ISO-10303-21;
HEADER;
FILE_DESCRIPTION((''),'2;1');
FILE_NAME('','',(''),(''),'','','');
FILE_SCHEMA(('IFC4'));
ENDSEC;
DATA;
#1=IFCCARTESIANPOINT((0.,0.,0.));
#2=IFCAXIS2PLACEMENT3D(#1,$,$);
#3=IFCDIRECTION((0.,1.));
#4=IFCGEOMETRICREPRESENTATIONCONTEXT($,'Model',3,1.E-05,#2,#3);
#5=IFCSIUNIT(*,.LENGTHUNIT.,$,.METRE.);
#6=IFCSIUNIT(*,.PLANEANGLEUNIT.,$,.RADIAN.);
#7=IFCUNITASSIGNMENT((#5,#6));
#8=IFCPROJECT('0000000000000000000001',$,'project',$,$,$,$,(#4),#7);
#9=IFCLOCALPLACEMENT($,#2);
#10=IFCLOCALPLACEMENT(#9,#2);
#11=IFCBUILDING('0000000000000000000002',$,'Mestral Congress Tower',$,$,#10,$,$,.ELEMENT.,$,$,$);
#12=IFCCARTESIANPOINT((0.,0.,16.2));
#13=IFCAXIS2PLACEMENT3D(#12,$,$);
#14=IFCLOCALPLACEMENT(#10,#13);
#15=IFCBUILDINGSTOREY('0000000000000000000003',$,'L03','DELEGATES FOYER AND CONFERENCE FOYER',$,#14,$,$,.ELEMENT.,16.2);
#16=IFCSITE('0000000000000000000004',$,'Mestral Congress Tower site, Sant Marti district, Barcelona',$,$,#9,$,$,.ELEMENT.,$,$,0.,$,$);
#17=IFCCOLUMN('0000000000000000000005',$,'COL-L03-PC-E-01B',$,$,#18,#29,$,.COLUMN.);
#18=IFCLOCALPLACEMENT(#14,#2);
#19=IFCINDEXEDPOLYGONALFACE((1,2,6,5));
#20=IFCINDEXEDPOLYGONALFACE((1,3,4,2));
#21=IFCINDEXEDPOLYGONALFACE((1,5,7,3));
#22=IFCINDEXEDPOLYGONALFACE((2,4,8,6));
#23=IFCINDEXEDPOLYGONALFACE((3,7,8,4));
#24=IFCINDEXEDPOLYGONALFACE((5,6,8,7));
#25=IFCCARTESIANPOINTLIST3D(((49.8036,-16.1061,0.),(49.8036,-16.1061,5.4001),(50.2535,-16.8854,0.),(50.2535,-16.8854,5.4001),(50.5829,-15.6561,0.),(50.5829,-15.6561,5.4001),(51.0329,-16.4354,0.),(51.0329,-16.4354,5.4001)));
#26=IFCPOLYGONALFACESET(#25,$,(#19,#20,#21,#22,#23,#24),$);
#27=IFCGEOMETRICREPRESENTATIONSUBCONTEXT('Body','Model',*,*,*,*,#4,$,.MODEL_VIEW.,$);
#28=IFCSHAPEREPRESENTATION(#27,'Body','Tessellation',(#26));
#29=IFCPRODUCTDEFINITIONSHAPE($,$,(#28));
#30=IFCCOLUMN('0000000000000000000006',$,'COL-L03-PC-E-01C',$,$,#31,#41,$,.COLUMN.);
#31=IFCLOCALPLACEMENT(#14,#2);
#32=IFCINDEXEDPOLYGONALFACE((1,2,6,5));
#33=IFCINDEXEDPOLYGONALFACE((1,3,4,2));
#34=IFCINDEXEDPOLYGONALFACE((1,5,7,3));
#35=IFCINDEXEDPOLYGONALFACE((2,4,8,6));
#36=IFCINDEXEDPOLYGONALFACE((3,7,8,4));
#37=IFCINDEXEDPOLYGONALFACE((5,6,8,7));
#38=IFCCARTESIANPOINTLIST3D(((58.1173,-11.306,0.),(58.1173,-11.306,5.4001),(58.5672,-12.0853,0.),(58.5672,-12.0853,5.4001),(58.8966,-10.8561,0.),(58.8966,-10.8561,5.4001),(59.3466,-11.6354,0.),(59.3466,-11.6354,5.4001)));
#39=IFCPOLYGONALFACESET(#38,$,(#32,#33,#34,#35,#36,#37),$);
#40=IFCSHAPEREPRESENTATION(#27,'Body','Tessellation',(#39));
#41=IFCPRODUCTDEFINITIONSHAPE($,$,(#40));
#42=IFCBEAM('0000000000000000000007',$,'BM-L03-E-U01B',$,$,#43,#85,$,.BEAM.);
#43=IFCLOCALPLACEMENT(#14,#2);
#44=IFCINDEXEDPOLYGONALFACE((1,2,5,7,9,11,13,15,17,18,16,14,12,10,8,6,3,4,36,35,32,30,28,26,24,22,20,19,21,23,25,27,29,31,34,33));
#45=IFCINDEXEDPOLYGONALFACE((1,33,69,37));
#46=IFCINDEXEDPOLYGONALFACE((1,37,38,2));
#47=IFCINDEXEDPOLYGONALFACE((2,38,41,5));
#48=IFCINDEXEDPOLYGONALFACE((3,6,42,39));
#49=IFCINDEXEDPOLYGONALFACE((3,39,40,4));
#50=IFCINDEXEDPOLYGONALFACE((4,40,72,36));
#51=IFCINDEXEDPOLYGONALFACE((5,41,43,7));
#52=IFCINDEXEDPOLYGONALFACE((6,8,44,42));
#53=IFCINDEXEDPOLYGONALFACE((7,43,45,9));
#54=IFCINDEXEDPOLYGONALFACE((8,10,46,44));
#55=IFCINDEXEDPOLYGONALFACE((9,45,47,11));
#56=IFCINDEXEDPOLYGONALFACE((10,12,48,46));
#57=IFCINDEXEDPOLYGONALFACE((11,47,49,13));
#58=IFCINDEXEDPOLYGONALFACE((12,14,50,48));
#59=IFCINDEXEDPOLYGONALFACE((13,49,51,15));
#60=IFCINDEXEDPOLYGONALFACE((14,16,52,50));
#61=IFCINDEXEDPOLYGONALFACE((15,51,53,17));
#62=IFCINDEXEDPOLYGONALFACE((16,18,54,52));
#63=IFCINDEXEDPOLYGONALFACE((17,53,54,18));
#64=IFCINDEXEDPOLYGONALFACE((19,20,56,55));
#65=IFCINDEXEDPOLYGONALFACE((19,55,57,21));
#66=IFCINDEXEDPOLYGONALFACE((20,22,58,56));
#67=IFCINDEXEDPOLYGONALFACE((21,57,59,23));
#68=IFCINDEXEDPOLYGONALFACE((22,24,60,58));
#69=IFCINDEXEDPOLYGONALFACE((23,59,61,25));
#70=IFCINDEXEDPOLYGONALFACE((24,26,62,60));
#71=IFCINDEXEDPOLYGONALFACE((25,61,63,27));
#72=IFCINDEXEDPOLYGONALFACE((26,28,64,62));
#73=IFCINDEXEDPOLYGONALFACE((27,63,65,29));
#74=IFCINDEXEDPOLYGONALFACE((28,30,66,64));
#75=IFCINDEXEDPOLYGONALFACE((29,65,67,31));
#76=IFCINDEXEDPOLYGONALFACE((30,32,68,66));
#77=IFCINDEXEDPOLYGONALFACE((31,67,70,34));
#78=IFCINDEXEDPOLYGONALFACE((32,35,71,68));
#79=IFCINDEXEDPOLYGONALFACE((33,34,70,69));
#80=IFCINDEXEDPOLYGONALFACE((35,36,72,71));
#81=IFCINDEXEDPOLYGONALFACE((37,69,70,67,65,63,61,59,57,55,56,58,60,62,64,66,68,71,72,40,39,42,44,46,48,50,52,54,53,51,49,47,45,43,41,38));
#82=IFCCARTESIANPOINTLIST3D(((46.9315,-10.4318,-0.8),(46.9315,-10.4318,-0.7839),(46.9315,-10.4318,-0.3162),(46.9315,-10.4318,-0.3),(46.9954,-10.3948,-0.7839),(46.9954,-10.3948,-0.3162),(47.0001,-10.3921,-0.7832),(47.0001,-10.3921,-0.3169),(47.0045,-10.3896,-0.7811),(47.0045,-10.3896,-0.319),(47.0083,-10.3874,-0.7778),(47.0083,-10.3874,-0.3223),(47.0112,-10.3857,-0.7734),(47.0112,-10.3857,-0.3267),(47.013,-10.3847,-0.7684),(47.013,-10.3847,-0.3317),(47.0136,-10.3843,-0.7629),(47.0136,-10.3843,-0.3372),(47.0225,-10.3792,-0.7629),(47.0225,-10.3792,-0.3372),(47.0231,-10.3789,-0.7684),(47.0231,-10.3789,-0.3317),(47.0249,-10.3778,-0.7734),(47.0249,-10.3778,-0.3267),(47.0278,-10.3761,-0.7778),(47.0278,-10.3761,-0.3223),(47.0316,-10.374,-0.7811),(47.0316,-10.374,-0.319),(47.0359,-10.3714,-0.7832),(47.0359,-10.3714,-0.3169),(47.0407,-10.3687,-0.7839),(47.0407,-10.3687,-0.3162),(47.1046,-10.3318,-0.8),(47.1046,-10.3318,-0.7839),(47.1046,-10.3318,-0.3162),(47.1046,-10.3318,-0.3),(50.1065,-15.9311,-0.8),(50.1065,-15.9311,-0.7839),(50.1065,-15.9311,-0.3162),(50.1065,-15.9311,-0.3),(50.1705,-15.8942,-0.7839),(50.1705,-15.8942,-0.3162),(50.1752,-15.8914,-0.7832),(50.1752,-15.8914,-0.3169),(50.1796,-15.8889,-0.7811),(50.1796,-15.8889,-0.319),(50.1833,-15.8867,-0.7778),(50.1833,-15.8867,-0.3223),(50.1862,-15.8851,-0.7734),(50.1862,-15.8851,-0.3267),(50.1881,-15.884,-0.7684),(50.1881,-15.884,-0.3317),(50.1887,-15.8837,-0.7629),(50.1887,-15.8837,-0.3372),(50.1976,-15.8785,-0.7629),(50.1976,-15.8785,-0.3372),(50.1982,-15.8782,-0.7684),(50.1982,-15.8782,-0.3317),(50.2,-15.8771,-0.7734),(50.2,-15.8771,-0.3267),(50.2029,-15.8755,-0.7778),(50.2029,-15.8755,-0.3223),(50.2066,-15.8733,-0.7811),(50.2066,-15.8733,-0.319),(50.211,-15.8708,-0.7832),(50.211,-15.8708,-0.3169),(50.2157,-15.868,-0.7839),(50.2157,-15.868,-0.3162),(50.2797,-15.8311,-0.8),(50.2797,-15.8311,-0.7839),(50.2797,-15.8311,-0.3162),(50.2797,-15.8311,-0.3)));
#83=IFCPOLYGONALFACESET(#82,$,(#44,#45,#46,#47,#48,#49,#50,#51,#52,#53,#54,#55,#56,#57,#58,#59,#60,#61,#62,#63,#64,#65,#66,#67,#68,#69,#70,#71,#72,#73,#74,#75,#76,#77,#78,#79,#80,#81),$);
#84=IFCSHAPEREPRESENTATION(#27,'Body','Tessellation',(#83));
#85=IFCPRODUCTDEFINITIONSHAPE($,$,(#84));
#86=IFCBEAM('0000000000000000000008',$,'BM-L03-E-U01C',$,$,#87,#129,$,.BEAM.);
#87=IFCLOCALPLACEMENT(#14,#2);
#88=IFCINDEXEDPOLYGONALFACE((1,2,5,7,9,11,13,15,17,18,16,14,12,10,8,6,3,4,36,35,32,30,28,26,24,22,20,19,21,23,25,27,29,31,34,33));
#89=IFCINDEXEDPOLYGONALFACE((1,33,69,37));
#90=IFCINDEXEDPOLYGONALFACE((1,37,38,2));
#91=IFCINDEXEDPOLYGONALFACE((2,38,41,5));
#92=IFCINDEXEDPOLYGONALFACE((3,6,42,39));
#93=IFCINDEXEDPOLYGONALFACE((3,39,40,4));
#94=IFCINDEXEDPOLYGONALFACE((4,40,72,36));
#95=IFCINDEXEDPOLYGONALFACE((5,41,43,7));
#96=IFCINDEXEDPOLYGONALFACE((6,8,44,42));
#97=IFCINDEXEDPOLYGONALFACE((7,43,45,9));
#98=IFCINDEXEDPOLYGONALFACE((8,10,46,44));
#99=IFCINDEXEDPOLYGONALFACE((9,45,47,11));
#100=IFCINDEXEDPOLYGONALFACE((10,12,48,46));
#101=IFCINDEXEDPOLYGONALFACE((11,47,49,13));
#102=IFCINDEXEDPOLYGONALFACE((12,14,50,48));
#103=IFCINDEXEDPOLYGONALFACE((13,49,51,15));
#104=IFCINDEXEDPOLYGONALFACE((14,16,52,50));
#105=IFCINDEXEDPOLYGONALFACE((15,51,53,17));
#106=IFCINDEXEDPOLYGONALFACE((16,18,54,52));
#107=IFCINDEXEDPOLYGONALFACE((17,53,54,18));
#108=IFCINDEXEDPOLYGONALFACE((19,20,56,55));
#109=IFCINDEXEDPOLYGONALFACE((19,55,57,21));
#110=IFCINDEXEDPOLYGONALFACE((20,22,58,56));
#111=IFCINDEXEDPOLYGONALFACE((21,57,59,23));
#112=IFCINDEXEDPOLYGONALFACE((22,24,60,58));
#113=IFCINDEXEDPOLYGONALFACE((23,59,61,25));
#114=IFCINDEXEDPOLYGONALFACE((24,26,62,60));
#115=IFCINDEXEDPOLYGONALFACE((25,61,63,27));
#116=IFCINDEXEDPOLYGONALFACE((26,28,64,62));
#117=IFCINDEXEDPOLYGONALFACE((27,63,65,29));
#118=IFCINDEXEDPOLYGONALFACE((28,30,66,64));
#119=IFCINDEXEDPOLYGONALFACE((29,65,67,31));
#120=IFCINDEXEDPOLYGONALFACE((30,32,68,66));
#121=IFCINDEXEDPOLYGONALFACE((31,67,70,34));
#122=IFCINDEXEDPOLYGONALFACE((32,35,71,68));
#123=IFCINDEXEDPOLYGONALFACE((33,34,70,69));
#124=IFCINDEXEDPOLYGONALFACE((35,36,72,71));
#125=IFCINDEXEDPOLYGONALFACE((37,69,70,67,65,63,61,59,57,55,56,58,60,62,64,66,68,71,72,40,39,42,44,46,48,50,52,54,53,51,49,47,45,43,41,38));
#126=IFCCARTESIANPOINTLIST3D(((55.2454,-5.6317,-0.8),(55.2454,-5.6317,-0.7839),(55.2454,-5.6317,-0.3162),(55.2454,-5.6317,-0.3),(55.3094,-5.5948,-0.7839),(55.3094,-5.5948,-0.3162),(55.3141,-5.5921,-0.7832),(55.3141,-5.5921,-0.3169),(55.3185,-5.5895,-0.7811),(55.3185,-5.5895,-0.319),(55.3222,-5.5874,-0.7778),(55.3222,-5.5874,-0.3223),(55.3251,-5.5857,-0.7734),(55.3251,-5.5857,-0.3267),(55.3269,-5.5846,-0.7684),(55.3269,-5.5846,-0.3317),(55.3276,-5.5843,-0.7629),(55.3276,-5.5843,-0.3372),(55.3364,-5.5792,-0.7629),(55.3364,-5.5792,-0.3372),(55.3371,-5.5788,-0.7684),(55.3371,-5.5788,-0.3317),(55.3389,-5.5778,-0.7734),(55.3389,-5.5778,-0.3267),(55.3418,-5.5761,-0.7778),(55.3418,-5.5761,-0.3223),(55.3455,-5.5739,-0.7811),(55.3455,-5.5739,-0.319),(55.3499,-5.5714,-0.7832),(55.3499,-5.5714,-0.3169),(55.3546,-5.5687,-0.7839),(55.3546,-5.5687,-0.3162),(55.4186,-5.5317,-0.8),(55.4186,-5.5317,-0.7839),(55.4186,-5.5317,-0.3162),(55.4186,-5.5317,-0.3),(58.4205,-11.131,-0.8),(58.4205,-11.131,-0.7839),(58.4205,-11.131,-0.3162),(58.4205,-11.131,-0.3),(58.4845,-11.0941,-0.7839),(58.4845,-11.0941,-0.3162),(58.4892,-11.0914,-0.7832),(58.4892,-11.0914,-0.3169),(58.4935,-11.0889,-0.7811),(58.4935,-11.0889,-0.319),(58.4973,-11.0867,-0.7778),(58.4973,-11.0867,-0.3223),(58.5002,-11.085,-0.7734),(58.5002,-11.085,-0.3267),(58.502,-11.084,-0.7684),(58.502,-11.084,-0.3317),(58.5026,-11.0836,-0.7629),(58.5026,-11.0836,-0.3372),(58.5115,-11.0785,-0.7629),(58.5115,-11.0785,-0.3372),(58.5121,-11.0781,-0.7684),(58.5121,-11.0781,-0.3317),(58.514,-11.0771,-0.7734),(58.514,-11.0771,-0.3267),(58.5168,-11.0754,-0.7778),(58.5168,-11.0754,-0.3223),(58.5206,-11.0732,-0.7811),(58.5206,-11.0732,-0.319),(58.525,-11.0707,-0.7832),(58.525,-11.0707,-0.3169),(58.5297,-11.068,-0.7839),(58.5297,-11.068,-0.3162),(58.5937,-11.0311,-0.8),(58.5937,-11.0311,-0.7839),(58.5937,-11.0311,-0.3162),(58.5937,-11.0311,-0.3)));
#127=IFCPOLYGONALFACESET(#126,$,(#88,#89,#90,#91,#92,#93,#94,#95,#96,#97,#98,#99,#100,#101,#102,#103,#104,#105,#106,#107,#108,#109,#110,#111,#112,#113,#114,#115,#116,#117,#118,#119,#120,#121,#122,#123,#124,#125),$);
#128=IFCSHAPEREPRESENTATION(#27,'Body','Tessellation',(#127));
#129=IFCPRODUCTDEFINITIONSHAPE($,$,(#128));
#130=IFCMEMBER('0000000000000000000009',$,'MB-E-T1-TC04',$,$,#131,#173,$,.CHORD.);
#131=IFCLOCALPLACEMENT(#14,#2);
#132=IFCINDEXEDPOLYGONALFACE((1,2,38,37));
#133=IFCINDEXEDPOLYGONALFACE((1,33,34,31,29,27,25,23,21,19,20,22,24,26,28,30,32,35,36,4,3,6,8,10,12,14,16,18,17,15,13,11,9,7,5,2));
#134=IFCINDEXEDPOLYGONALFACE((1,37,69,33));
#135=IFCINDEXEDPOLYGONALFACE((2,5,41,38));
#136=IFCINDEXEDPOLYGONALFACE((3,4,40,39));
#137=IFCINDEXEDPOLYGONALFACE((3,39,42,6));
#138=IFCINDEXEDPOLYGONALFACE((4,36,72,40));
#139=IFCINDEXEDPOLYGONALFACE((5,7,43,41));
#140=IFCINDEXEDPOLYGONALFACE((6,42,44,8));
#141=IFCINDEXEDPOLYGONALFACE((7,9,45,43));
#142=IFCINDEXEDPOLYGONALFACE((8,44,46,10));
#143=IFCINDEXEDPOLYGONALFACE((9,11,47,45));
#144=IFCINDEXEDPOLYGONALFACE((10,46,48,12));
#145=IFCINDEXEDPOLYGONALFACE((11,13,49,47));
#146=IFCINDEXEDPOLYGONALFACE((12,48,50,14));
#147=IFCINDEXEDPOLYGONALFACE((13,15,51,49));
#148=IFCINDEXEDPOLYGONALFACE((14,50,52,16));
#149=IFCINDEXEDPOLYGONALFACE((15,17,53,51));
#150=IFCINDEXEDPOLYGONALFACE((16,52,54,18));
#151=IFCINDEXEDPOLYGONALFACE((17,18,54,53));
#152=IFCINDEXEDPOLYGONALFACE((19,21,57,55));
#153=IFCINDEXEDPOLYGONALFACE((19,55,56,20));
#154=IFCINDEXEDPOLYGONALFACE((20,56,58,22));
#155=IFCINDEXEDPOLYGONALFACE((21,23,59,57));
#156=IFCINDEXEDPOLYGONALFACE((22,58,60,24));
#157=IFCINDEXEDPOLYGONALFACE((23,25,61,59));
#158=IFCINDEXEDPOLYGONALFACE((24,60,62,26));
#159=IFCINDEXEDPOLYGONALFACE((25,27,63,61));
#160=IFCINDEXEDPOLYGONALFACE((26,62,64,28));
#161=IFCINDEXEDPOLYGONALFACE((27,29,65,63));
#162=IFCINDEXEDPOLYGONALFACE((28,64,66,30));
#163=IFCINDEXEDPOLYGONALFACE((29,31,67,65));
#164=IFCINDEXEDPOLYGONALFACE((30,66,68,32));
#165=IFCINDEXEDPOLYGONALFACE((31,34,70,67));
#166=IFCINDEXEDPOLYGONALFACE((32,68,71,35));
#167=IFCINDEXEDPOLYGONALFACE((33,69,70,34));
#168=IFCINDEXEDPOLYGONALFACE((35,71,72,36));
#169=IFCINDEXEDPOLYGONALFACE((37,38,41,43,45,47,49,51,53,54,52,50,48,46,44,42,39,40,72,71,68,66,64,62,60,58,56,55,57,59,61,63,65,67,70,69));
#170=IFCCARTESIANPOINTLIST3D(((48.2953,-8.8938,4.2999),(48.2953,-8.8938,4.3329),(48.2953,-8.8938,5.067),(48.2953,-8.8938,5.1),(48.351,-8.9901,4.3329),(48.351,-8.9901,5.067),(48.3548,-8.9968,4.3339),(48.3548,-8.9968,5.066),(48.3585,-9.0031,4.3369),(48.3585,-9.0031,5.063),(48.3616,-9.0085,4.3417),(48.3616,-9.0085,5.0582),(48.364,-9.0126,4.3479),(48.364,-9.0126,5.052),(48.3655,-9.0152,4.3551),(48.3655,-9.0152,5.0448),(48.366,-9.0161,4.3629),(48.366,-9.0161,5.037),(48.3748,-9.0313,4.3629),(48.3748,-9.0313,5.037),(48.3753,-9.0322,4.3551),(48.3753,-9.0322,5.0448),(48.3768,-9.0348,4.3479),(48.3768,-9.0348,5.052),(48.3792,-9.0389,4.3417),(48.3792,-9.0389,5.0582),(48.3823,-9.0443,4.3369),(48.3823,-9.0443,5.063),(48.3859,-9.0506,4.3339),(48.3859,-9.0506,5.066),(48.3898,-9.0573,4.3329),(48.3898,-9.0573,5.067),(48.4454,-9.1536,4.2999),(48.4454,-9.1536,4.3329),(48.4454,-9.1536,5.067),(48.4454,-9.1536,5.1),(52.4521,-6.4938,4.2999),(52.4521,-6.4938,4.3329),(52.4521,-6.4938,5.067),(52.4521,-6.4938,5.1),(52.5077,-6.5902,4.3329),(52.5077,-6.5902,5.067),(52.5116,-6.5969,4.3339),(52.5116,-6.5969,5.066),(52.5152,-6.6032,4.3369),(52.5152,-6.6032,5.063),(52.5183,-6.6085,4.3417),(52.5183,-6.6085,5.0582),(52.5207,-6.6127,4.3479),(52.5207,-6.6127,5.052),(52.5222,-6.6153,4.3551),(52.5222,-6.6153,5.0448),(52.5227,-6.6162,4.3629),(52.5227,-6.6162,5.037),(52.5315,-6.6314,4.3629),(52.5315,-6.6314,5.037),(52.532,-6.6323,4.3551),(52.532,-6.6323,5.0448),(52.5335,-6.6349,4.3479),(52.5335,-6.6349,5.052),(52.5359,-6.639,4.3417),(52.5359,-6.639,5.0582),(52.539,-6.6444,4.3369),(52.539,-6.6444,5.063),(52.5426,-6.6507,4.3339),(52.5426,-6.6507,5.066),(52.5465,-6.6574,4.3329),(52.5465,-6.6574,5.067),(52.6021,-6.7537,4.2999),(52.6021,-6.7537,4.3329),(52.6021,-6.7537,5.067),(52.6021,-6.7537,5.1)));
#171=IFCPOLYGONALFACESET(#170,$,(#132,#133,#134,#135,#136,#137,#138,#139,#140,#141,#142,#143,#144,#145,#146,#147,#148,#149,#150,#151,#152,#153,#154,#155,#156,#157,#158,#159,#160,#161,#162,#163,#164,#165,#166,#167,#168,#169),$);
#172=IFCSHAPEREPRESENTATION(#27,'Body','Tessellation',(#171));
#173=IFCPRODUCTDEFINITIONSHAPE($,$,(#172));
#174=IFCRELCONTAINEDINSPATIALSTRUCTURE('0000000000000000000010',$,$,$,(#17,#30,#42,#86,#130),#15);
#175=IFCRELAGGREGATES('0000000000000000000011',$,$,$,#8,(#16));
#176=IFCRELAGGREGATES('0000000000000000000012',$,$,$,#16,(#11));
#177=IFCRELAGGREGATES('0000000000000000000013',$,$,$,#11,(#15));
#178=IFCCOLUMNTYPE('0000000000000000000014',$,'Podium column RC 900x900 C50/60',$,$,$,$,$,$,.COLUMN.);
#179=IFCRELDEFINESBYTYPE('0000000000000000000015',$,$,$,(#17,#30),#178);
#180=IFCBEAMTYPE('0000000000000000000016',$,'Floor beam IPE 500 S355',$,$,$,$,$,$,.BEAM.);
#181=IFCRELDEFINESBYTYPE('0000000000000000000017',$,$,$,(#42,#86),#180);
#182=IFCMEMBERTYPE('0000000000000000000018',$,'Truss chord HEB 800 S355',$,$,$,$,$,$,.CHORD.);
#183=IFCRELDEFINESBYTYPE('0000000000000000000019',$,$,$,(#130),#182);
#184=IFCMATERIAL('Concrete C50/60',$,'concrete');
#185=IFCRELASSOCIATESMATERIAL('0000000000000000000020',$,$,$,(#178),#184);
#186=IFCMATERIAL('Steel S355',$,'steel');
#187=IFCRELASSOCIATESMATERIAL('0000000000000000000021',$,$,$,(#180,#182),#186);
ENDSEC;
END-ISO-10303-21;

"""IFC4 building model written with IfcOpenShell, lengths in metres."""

from ifc_helpers import new_model, si_unit, direction, frame, origin, origin_2d, place, context, subcontext, project, spatial, rectangle, i_section, extrude, material, material_profile, profile_set, type_object, element, save


model = new_model("IFC4")

# Units and contexts
model_context = context("Model", 3, precision=1e-05, world=origin(), true_north=direction((0.0, 1.0)))
body_context = subcontext(model_context, "Body", "Model", "MODEL_VIEW")
ifc_project = project(units=[si_unit("LENGTHUNIT", "METRE"), si_unit("PLANEANGLEUNIT", "RADIAN")], contexts=[model_context])

# Site, building, storey
site_placement = place(None, origin())
site = spatial("IfcSite", under=ifc_project, at=site_placement, Name="Mestral Congress Tower site, Sant Marti district, Barcelona", CompositionType="ELEMENT", RefElevation=0.0)
building_placement = place(site_placement, origin())
building = spatial("IfcBuilding", under=site, at=building_placement, Name="Mestral Congress Tower", CompositionType="ELEMENT")
storey_placement = place(building_placement, frame((0.0, 0.0, 16.2)))
storey = spatial("IfcBuildingStorey", under=building, at=storey_placement, Name="L03", Description="DELEGATES FOYER AND CONFERENCE FOYER", CompositionType="ELEMENT", Elevation=16.2)

# Columns
ifc_material_1 = material(Name="Concrete C50/60", Category="concrete")
ifc_material_profile_1 = material_profile(ifc_material_1, rectangle(XDim=0.8999, YDim=0.8999, at=origin_2d()), Name="RC 900x900")
ifc_profile_set_1 = profile_set([ifc_material_profile_1], Name="Concrete C50/60")
column_type = type_object("IfcColumnType", Name="Podium column RC 900x900 C50/60", PredefinedType="COLUMN", material=ifc_profile_set_1)
for number, where, z_axis, x_axis, name in (
    (1, (50.4182, -16.2708, 0.0), (0.0, 0.0, 1.0), (-0.5, 0.866025, 0.0), "COL-L03-PC-E-01B"),
    (2, (58.7319, -11.4707, 0.0), (0.0, 0.0, 1.0), (-0.5, 0.866025, 0.0), "COL-L03-PC-E-01C"),
):
    element("IfcColumn", number, at=place(storey_placement, frame(where, z_axis=z_axis, x_axis=x_axis)), inside=storey, type_object=column_type, Name=name, PredefinedType="COLUMN", context=body_context, shape_type="SweptSolid", body=[
        extrude(rectangle(XDim=0.8999, YDim=0.8999, at=origin_2d()), origin(), (0.0, 0.0, 1.0), 5.4001),
    ])

# Beams
ifc_material_2 = material(Name="Steel S355", Category="steel")
ifc_material_profile_2 = material_profile(ifc_material_2, i_section(OverallWidth=0.2, OverallDepth=0.5, WebThickness=0.0103, FlangeThickness=0.0161, FilletRadius=0.021, at=origin_2d()), Name="IPE 500")
ifc_profile_set_2 = profile_set([ifc_material_profile_2], Name="Steel S355")
beam_type = type_object("IfcBeamType", Name="Floor beam IPE 500 S355", PredefinedType="BEAM", material=ifc_profile_set_2)
for number, where, z_axis, x_axis, name in (
    (3, (50.1931, -15.8811, -0.55), (-0.500005, 0.866022, 0.0), (-0.866022, -0.500005, 0.0), "BM-L03-E-U01B"),
    (4, (58.5071, -11.0811, -0.55), (-0.500005, 0.866022, 0.0), (-0.866022, -0.500005, 0.0), "BM-L03-E-U01C"),
):
    element("IfcBeam", number, at=place(storey_placement, frame(where, z_axis=z_axis, x_axis=x_axis)), inside=storey, type_object=beam_type, Name=name, PredefinedType="BEAM", context=body_context, shape_type="SweptSolid", body=[
        extrude(i_section(OverallWidth=0.2, OverallDepth=0.5, WebThickness=0.0103, FlangeThickness=0.0161, FilletRadius=0.021, at=origin_2d()), origin(), (0.0, 0.0, 1.0), 6.3501),
    ])

# Member
ifc_material_profile_3 = material_profile(ifc_material_2, i_section(OverallWidth=0.3, OverallDepth=0.8, WebThickness=0.0176, FlangeThickness=0.033, FilletRadius=0.03, at=origin_2d()), Name="HEB 800")
ifc_profile_set_3 = profile_set([ifc_material_profile_3], Name="Steel S355")
member_type = type_object("IfcMemberType", Name="Truss chord HEB 800 S355", PredefinedType="CHORD", material=ifc_profile_set_3)
member_placement = place(storey_placement, frame((48.3704, -9.0237, 4.7), z_axis=(0.866025, 0.500001, 0.0), x_axis=(-0.500001, 0.866025, 0.0)))
element("IfcMember", 5, at=member_placement, inside=storey, type_object=member_type, Name="MB-E-T1-TC04", PredefinedType="CHORD", context=body_context, shape_type="SweptSolid", body=[
    extrude(i_section(OverallWidth=0.3, OverallDepth=0.8, WebThickness=0.0176, FlangeThickness=0.033, FilletRadius=0.03, at=origin_2d()), origin(), (0.0, 0.0, 1.0), 4.7998),
])

save(model, "model.ifc")
